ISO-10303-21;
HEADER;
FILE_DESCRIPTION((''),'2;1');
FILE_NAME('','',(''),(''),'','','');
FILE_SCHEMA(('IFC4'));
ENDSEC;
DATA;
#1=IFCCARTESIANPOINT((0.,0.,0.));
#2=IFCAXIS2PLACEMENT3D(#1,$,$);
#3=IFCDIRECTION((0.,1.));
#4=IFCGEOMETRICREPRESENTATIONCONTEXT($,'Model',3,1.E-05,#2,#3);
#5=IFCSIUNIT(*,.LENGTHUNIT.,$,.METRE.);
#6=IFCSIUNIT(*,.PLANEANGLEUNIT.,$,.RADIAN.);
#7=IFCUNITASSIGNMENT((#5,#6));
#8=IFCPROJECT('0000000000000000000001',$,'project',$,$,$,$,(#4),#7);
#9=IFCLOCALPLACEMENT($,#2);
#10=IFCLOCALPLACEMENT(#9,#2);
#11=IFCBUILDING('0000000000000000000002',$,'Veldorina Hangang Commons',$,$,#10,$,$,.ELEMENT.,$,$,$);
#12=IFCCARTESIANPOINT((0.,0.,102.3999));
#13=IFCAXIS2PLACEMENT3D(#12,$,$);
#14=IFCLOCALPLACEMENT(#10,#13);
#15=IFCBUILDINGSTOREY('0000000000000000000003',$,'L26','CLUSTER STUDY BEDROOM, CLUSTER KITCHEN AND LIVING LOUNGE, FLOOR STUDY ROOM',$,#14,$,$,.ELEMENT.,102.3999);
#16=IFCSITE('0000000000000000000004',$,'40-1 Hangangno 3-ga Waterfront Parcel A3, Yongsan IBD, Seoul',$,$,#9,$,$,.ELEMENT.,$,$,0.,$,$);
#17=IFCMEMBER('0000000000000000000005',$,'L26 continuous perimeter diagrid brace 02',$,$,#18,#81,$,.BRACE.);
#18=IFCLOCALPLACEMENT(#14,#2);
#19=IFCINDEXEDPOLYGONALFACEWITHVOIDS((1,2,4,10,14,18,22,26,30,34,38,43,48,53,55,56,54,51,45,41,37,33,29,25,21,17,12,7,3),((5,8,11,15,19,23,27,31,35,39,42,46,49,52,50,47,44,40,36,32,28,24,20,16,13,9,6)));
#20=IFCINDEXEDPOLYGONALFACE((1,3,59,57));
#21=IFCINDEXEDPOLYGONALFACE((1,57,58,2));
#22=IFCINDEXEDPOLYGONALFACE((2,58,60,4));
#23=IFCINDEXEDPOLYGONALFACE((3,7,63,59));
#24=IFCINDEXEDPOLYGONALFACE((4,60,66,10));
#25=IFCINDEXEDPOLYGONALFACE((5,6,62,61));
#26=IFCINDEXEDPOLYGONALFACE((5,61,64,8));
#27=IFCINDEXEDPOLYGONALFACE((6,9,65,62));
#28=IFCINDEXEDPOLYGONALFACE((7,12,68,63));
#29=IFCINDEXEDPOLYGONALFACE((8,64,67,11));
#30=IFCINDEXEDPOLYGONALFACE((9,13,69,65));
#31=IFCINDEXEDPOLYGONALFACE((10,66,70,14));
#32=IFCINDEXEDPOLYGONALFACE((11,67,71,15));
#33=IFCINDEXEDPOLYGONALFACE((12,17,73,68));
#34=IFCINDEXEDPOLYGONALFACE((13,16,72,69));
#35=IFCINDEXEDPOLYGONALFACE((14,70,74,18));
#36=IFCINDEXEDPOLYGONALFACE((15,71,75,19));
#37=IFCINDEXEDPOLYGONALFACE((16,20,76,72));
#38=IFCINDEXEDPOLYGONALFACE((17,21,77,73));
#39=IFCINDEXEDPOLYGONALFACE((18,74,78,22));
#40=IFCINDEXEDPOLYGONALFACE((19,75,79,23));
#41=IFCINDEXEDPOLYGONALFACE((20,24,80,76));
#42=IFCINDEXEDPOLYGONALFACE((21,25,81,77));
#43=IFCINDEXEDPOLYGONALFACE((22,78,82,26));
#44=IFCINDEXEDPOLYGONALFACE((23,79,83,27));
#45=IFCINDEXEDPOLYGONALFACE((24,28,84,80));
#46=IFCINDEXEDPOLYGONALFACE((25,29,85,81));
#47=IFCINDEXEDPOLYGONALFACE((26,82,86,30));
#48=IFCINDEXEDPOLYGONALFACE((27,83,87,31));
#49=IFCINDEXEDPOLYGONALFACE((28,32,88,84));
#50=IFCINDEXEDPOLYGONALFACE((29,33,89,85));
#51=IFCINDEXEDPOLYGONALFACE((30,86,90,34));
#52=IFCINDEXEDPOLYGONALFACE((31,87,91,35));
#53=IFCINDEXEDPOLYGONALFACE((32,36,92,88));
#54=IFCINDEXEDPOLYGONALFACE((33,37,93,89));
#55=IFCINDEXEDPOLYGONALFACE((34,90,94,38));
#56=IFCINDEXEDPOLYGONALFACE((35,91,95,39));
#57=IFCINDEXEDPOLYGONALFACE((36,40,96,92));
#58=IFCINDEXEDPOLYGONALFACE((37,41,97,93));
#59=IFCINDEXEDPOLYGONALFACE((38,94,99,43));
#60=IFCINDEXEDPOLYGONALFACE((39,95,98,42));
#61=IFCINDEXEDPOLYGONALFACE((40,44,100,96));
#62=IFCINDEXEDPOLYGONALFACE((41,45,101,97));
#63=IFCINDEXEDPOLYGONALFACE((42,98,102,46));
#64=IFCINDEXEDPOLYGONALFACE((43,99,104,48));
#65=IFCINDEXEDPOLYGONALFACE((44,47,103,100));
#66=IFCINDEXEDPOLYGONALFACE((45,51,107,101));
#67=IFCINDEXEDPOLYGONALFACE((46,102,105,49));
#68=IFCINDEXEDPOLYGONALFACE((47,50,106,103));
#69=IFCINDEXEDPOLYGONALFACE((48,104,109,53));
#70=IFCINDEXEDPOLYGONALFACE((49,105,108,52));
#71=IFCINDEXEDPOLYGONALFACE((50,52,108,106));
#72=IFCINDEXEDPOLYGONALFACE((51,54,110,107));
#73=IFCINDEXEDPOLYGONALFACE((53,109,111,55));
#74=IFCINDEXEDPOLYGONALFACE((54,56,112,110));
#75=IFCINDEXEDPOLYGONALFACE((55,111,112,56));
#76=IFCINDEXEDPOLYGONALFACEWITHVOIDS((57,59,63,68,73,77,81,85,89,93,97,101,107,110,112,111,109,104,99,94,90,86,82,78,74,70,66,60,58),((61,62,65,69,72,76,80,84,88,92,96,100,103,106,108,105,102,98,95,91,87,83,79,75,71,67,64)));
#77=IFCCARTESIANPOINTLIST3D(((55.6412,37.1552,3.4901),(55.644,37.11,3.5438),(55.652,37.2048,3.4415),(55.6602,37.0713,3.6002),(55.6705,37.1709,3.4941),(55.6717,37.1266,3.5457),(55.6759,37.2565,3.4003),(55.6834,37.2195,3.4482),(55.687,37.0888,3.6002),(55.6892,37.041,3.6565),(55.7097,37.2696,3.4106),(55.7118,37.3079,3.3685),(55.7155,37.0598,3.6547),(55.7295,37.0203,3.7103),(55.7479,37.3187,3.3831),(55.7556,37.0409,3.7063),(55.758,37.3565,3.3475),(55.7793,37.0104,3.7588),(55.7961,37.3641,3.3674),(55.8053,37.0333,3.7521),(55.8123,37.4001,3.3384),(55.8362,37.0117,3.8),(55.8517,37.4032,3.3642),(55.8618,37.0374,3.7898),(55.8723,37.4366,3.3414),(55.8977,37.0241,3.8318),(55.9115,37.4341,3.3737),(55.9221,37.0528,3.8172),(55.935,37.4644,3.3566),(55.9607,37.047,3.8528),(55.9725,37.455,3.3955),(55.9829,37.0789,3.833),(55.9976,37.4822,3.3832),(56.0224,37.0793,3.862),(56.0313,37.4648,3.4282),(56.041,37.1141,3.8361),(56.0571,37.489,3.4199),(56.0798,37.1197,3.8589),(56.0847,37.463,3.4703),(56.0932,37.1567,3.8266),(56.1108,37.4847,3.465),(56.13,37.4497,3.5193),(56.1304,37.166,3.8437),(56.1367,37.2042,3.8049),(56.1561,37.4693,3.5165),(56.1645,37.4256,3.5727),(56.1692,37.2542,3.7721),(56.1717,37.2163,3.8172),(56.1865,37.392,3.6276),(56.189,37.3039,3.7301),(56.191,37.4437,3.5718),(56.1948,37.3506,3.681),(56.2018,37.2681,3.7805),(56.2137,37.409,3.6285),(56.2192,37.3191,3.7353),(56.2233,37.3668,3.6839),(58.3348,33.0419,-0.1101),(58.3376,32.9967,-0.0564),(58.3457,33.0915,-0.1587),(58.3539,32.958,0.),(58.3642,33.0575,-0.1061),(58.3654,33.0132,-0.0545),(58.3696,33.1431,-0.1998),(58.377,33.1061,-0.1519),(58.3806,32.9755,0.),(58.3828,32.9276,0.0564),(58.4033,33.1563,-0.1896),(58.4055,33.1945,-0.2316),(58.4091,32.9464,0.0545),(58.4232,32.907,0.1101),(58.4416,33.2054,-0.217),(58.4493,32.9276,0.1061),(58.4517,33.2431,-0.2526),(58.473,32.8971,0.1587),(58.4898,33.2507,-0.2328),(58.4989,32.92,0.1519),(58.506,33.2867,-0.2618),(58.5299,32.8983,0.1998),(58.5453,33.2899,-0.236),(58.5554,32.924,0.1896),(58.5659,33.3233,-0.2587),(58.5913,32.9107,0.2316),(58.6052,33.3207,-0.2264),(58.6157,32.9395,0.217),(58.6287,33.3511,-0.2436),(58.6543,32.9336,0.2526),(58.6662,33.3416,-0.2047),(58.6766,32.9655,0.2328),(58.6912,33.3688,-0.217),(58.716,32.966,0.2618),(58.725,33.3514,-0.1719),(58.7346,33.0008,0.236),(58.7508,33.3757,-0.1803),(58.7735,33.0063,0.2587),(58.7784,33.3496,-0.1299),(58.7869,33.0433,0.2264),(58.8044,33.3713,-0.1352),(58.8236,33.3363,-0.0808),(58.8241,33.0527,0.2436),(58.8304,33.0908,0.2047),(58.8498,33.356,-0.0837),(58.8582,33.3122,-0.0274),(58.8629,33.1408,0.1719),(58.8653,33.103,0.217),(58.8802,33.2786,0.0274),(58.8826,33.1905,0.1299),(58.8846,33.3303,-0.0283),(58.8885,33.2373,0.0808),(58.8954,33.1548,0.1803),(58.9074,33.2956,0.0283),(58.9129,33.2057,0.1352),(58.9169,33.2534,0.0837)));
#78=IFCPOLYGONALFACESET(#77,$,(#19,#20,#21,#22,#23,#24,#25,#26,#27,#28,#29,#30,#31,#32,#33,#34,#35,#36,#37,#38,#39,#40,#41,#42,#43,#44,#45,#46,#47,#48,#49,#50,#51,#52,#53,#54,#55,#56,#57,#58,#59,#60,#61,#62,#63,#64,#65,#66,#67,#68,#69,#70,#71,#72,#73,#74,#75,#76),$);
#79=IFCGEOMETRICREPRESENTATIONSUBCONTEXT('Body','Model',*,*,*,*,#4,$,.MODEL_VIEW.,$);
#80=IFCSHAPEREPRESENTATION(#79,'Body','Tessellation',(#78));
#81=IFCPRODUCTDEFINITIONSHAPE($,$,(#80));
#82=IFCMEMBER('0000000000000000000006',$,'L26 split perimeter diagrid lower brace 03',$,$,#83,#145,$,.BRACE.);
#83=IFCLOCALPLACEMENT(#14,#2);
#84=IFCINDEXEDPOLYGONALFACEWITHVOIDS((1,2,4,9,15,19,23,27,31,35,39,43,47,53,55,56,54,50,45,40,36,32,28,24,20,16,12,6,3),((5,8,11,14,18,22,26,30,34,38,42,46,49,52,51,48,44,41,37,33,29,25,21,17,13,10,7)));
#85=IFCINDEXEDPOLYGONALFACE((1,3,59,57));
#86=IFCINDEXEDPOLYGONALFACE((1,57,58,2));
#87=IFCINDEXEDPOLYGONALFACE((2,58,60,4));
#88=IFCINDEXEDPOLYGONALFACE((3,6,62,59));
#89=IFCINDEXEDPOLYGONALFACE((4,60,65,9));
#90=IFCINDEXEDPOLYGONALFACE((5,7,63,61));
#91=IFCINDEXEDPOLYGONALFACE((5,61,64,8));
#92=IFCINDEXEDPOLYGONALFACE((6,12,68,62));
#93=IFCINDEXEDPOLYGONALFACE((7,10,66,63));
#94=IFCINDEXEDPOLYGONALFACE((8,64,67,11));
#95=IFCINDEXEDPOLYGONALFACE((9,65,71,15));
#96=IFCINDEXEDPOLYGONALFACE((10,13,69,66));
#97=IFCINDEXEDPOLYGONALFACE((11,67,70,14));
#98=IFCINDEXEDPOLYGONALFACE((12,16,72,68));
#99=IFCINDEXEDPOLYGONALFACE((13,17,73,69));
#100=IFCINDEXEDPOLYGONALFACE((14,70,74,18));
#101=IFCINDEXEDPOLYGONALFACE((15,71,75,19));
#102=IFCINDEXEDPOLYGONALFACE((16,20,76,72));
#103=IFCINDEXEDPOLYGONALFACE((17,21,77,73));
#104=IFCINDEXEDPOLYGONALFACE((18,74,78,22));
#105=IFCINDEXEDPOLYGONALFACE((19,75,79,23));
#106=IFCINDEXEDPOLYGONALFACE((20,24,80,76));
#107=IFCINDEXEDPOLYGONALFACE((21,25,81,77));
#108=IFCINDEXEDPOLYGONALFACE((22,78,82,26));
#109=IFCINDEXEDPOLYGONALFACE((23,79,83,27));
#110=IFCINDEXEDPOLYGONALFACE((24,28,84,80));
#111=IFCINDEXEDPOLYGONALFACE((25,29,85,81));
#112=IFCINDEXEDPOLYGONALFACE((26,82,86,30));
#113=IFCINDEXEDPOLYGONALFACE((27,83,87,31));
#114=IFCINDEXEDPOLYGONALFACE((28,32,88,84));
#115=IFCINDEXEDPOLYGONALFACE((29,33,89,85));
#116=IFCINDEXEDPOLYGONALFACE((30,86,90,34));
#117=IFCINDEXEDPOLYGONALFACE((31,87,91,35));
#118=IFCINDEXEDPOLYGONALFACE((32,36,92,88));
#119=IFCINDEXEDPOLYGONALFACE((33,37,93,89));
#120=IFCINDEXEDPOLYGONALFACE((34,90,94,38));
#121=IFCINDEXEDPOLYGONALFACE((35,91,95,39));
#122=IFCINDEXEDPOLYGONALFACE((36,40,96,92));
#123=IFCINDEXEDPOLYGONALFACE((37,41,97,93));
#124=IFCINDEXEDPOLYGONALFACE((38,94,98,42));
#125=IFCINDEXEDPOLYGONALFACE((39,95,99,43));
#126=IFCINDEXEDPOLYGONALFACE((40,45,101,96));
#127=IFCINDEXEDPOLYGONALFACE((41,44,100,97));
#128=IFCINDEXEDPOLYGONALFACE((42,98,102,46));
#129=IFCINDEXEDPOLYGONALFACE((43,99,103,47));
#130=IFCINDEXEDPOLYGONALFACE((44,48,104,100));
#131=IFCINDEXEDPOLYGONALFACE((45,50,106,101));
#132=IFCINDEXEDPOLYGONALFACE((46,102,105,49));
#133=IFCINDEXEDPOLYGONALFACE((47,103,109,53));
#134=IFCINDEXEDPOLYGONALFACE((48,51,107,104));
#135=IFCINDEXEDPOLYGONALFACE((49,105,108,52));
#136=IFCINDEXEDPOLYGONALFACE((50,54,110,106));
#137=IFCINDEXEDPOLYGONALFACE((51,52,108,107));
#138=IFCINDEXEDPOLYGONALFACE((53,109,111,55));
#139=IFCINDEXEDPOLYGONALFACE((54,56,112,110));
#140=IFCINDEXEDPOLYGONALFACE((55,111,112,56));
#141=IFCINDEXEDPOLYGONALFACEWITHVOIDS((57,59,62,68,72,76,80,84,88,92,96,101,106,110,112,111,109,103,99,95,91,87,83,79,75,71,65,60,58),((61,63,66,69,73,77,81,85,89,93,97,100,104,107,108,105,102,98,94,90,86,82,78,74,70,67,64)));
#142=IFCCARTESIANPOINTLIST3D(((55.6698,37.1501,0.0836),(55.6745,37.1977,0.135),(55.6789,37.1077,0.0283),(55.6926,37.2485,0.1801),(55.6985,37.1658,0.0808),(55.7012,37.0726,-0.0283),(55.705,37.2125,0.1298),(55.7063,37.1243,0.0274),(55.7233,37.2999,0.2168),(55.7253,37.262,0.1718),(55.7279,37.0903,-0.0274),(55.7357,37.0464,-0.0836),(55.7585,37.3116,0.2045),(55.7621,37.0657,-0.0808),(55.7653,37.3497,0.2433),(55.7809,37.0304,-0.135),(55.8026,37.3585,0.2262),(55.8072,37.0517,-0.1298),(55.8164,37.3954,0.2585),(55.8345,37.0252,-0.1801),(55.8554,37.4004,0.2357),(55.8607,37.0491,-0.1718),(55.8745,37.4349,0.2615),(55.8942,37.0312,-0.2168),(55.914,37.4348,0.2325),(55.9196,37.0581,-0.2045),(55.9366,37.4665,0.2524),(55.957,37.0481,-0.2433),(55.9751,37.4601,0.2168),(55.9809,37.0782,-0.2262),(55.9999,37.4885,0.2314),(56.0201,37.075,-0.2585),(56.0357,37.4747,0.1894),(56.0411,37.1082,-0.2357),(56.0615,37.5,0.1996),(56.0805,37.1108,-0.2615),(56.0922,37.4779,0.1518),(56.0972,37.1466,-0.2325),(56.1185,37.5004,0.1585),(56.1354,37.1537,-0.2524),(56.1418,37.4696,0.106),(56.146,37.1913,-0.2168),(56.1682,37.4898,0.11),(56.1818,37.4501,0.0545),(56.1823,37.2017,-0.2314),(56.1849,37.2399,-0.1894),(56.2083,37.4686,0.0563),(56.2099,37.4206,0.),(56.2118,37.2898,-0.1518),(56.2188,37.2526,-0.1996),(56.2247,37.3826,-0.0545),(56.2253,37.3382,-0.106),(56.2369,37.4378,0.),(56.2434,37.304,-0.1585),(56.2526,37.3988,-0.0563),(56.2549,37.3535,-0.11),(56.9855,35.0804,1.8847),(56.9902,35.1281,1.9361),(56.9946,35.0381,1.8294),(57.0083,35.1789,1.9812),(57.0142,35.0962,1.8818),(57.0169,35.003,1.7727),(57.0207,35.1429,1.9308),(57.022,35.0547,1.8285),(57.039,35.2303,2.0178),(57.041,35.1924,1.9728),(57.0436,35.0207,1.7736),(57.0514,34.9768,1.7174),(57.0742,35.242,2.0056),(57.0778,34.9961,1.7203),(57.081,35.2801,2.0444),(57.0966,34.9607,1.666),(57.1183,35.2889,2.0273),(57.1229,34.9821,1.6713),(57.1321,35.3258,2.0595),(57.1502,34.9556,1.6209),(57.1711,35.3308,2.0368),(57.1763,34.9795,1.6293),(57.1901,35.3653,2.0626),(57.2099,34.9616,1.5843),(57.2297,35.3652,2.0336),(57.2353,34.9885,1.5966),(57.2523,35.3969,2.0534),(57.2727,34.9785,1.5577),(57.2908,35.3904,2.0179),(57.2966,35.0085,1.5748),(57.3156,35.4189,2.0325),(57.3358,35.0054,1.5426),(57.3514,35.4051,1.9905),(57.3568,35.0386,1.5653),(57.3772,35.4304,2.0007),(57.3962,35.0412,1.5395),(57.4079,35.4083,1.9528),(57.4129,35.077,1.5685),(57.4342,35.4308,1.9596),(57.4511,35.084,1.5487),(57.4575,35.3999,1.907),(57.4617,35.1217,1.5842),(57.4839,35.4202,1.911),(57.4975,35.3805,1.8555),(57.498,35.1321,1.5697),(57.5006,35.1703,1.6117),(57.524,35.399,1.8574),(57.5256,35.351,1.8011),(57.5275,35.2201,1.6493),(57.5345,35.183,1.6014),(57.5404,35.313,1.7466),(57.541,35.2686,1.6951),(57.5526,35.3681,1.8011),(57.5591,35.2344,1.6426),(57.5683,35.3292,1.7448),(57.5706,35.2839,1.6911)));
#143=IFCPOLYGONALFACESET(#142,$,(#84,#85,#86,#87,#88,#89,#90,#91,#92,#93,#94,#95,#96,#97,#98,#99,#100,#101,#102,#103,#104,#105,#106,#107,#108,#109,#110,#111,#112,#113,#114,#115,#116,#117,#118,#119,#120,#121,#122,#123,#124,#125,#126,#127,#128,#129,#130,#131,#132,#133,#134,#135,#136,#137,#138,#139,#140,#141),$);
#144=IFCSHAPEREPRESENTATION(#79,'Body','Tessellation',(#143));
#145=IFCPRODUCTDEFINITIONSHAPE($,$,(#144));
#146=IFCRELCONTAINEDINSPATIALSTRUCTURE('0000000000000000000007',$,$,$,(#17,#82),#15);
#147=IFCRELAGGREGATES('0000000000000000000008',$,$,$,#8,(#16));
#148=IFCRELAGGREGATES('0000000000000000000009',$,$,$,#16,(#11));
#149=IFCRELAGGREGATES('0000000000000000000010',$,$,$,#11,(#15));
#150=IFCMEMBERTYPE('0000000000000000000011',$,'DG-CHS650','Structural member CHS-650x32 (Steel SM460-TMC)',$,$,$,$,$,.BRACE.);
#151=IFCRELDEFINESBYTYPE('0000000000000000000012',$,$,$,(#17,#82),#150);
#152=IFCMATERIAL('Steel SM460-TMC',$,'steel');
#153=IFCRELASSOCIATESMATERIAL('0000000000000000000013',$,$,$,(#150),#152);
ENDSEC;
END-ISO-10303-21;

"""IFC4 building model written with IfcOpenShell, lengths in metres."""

from ifc_helpers import new_model, si_unit, direction, frame, origin, origin_2d, place, context, subcontext, project, spatial, hollow_circle, extrude, material, material_profile, profile_set, type_object, element, save


model = new_model("IFC4")

# Units and contexts
model_context = context("Model", 3, precision=1e-05, world=origin(), true_north=direction((0.0, 1.0)))
body_context = subcontext(model_context, "Body", "Model", "MODEL_VIEW")
ifc_project = project(units=[si_unit("LENGTHUNIT", "METRE"), si_unit("PLANEANGLEUNIT", "RADIAN")], contexts=[model_context])

# Site, building, storey
site_placement = place(None, origin())
site = spatial("IfcSite", under=ifc_project, at=site_placement, Name="40-1 Hangangno 3-ga Waterfront Parcel A3, Yongsan IBD, Seoul", CompositionType="ELEMENT", RefElevation=0.0)
building_placement = place(site_placement, origin())
building = spatial("IfcBuilding", under=site, at=building_placement, Name="Veldorina Hangang Commons", CompositionType="ELEMENT")
storey_placement = place(building_placement, frame((0.0, 0.0, 102.3999)))
storey = spatial("IfcBuildingStorey", under=building, at=storey_placement, Name="L26", Description="CLUSTER STUDY BEDROOM, CLUSTER KITCHEN AND LIVING LOUNGE, FLOOR STUDY ROOM", CompositionType="ELEMENT", Elevation=102.3999)

# Members
ifc_material_1 = material(Name="Steel SM460-TMC", Category="steel")
ifc_material_profile_1 = material_profile(ifc_material_1, hollow_circle(Radius=0.325, WallThickness=0.032, at=origin_2d()), Name="CHS-650x32")
ifc_profile_set_1 = profile_set([ifc_material_profile_1], Name="Steel SM460-TMC")
member_type_1 = type_object("IfcMemberType", Name="DG-CHS650", Description="Structural member CHS-650x32 (Steel SM460-TMC)", PredefinedType="BRACE", material=ifc_profile_set_1)
member_1_placement = place(storey_placement, frame((58.6257, 33.136, 0.0), z_axis=(-0.442018, 0.674986, 0.590773), x_axis=(-0.836583, -0.547841, 0.0)))
element("IfcMember", 1, at=member_1_placement, inside=storey, type_object=member_type_1, Name="L26 continuous perimeter diagrid brace 02", PredefinedType="BRACE", context=body_context, shape_type="SweptSolid", body=[
    extrude(hollow_circle(Radius=0.325, WallThickness=0.032, at=origin_2d()), origin(), (0.0, 0.0, 1.0), 6.094),
])
member_2_placement = place(storey_placement, frame((55.9626, 37.2634, 0.0), z_axis=(0.432407, -0.680185, 0.591922), x_axis=(0.843907, 0.536489, 0.0)))
element("IfcMember", 2, at=member_2_placement, inside=storey, type_object=member_type_1, Name="L26 split perimeter diagrid lower brace 03", PredefinedType="BRACE", context=body_context, shape_type="SweptSolid", body=[
    extrude(hollow_circle(Radius=0.325, WallThickness=0.032, at=origin_2d()), origin(), (0.0, 0.0, 1.0), 3.0427),
])

save(model, "model.ifc")
